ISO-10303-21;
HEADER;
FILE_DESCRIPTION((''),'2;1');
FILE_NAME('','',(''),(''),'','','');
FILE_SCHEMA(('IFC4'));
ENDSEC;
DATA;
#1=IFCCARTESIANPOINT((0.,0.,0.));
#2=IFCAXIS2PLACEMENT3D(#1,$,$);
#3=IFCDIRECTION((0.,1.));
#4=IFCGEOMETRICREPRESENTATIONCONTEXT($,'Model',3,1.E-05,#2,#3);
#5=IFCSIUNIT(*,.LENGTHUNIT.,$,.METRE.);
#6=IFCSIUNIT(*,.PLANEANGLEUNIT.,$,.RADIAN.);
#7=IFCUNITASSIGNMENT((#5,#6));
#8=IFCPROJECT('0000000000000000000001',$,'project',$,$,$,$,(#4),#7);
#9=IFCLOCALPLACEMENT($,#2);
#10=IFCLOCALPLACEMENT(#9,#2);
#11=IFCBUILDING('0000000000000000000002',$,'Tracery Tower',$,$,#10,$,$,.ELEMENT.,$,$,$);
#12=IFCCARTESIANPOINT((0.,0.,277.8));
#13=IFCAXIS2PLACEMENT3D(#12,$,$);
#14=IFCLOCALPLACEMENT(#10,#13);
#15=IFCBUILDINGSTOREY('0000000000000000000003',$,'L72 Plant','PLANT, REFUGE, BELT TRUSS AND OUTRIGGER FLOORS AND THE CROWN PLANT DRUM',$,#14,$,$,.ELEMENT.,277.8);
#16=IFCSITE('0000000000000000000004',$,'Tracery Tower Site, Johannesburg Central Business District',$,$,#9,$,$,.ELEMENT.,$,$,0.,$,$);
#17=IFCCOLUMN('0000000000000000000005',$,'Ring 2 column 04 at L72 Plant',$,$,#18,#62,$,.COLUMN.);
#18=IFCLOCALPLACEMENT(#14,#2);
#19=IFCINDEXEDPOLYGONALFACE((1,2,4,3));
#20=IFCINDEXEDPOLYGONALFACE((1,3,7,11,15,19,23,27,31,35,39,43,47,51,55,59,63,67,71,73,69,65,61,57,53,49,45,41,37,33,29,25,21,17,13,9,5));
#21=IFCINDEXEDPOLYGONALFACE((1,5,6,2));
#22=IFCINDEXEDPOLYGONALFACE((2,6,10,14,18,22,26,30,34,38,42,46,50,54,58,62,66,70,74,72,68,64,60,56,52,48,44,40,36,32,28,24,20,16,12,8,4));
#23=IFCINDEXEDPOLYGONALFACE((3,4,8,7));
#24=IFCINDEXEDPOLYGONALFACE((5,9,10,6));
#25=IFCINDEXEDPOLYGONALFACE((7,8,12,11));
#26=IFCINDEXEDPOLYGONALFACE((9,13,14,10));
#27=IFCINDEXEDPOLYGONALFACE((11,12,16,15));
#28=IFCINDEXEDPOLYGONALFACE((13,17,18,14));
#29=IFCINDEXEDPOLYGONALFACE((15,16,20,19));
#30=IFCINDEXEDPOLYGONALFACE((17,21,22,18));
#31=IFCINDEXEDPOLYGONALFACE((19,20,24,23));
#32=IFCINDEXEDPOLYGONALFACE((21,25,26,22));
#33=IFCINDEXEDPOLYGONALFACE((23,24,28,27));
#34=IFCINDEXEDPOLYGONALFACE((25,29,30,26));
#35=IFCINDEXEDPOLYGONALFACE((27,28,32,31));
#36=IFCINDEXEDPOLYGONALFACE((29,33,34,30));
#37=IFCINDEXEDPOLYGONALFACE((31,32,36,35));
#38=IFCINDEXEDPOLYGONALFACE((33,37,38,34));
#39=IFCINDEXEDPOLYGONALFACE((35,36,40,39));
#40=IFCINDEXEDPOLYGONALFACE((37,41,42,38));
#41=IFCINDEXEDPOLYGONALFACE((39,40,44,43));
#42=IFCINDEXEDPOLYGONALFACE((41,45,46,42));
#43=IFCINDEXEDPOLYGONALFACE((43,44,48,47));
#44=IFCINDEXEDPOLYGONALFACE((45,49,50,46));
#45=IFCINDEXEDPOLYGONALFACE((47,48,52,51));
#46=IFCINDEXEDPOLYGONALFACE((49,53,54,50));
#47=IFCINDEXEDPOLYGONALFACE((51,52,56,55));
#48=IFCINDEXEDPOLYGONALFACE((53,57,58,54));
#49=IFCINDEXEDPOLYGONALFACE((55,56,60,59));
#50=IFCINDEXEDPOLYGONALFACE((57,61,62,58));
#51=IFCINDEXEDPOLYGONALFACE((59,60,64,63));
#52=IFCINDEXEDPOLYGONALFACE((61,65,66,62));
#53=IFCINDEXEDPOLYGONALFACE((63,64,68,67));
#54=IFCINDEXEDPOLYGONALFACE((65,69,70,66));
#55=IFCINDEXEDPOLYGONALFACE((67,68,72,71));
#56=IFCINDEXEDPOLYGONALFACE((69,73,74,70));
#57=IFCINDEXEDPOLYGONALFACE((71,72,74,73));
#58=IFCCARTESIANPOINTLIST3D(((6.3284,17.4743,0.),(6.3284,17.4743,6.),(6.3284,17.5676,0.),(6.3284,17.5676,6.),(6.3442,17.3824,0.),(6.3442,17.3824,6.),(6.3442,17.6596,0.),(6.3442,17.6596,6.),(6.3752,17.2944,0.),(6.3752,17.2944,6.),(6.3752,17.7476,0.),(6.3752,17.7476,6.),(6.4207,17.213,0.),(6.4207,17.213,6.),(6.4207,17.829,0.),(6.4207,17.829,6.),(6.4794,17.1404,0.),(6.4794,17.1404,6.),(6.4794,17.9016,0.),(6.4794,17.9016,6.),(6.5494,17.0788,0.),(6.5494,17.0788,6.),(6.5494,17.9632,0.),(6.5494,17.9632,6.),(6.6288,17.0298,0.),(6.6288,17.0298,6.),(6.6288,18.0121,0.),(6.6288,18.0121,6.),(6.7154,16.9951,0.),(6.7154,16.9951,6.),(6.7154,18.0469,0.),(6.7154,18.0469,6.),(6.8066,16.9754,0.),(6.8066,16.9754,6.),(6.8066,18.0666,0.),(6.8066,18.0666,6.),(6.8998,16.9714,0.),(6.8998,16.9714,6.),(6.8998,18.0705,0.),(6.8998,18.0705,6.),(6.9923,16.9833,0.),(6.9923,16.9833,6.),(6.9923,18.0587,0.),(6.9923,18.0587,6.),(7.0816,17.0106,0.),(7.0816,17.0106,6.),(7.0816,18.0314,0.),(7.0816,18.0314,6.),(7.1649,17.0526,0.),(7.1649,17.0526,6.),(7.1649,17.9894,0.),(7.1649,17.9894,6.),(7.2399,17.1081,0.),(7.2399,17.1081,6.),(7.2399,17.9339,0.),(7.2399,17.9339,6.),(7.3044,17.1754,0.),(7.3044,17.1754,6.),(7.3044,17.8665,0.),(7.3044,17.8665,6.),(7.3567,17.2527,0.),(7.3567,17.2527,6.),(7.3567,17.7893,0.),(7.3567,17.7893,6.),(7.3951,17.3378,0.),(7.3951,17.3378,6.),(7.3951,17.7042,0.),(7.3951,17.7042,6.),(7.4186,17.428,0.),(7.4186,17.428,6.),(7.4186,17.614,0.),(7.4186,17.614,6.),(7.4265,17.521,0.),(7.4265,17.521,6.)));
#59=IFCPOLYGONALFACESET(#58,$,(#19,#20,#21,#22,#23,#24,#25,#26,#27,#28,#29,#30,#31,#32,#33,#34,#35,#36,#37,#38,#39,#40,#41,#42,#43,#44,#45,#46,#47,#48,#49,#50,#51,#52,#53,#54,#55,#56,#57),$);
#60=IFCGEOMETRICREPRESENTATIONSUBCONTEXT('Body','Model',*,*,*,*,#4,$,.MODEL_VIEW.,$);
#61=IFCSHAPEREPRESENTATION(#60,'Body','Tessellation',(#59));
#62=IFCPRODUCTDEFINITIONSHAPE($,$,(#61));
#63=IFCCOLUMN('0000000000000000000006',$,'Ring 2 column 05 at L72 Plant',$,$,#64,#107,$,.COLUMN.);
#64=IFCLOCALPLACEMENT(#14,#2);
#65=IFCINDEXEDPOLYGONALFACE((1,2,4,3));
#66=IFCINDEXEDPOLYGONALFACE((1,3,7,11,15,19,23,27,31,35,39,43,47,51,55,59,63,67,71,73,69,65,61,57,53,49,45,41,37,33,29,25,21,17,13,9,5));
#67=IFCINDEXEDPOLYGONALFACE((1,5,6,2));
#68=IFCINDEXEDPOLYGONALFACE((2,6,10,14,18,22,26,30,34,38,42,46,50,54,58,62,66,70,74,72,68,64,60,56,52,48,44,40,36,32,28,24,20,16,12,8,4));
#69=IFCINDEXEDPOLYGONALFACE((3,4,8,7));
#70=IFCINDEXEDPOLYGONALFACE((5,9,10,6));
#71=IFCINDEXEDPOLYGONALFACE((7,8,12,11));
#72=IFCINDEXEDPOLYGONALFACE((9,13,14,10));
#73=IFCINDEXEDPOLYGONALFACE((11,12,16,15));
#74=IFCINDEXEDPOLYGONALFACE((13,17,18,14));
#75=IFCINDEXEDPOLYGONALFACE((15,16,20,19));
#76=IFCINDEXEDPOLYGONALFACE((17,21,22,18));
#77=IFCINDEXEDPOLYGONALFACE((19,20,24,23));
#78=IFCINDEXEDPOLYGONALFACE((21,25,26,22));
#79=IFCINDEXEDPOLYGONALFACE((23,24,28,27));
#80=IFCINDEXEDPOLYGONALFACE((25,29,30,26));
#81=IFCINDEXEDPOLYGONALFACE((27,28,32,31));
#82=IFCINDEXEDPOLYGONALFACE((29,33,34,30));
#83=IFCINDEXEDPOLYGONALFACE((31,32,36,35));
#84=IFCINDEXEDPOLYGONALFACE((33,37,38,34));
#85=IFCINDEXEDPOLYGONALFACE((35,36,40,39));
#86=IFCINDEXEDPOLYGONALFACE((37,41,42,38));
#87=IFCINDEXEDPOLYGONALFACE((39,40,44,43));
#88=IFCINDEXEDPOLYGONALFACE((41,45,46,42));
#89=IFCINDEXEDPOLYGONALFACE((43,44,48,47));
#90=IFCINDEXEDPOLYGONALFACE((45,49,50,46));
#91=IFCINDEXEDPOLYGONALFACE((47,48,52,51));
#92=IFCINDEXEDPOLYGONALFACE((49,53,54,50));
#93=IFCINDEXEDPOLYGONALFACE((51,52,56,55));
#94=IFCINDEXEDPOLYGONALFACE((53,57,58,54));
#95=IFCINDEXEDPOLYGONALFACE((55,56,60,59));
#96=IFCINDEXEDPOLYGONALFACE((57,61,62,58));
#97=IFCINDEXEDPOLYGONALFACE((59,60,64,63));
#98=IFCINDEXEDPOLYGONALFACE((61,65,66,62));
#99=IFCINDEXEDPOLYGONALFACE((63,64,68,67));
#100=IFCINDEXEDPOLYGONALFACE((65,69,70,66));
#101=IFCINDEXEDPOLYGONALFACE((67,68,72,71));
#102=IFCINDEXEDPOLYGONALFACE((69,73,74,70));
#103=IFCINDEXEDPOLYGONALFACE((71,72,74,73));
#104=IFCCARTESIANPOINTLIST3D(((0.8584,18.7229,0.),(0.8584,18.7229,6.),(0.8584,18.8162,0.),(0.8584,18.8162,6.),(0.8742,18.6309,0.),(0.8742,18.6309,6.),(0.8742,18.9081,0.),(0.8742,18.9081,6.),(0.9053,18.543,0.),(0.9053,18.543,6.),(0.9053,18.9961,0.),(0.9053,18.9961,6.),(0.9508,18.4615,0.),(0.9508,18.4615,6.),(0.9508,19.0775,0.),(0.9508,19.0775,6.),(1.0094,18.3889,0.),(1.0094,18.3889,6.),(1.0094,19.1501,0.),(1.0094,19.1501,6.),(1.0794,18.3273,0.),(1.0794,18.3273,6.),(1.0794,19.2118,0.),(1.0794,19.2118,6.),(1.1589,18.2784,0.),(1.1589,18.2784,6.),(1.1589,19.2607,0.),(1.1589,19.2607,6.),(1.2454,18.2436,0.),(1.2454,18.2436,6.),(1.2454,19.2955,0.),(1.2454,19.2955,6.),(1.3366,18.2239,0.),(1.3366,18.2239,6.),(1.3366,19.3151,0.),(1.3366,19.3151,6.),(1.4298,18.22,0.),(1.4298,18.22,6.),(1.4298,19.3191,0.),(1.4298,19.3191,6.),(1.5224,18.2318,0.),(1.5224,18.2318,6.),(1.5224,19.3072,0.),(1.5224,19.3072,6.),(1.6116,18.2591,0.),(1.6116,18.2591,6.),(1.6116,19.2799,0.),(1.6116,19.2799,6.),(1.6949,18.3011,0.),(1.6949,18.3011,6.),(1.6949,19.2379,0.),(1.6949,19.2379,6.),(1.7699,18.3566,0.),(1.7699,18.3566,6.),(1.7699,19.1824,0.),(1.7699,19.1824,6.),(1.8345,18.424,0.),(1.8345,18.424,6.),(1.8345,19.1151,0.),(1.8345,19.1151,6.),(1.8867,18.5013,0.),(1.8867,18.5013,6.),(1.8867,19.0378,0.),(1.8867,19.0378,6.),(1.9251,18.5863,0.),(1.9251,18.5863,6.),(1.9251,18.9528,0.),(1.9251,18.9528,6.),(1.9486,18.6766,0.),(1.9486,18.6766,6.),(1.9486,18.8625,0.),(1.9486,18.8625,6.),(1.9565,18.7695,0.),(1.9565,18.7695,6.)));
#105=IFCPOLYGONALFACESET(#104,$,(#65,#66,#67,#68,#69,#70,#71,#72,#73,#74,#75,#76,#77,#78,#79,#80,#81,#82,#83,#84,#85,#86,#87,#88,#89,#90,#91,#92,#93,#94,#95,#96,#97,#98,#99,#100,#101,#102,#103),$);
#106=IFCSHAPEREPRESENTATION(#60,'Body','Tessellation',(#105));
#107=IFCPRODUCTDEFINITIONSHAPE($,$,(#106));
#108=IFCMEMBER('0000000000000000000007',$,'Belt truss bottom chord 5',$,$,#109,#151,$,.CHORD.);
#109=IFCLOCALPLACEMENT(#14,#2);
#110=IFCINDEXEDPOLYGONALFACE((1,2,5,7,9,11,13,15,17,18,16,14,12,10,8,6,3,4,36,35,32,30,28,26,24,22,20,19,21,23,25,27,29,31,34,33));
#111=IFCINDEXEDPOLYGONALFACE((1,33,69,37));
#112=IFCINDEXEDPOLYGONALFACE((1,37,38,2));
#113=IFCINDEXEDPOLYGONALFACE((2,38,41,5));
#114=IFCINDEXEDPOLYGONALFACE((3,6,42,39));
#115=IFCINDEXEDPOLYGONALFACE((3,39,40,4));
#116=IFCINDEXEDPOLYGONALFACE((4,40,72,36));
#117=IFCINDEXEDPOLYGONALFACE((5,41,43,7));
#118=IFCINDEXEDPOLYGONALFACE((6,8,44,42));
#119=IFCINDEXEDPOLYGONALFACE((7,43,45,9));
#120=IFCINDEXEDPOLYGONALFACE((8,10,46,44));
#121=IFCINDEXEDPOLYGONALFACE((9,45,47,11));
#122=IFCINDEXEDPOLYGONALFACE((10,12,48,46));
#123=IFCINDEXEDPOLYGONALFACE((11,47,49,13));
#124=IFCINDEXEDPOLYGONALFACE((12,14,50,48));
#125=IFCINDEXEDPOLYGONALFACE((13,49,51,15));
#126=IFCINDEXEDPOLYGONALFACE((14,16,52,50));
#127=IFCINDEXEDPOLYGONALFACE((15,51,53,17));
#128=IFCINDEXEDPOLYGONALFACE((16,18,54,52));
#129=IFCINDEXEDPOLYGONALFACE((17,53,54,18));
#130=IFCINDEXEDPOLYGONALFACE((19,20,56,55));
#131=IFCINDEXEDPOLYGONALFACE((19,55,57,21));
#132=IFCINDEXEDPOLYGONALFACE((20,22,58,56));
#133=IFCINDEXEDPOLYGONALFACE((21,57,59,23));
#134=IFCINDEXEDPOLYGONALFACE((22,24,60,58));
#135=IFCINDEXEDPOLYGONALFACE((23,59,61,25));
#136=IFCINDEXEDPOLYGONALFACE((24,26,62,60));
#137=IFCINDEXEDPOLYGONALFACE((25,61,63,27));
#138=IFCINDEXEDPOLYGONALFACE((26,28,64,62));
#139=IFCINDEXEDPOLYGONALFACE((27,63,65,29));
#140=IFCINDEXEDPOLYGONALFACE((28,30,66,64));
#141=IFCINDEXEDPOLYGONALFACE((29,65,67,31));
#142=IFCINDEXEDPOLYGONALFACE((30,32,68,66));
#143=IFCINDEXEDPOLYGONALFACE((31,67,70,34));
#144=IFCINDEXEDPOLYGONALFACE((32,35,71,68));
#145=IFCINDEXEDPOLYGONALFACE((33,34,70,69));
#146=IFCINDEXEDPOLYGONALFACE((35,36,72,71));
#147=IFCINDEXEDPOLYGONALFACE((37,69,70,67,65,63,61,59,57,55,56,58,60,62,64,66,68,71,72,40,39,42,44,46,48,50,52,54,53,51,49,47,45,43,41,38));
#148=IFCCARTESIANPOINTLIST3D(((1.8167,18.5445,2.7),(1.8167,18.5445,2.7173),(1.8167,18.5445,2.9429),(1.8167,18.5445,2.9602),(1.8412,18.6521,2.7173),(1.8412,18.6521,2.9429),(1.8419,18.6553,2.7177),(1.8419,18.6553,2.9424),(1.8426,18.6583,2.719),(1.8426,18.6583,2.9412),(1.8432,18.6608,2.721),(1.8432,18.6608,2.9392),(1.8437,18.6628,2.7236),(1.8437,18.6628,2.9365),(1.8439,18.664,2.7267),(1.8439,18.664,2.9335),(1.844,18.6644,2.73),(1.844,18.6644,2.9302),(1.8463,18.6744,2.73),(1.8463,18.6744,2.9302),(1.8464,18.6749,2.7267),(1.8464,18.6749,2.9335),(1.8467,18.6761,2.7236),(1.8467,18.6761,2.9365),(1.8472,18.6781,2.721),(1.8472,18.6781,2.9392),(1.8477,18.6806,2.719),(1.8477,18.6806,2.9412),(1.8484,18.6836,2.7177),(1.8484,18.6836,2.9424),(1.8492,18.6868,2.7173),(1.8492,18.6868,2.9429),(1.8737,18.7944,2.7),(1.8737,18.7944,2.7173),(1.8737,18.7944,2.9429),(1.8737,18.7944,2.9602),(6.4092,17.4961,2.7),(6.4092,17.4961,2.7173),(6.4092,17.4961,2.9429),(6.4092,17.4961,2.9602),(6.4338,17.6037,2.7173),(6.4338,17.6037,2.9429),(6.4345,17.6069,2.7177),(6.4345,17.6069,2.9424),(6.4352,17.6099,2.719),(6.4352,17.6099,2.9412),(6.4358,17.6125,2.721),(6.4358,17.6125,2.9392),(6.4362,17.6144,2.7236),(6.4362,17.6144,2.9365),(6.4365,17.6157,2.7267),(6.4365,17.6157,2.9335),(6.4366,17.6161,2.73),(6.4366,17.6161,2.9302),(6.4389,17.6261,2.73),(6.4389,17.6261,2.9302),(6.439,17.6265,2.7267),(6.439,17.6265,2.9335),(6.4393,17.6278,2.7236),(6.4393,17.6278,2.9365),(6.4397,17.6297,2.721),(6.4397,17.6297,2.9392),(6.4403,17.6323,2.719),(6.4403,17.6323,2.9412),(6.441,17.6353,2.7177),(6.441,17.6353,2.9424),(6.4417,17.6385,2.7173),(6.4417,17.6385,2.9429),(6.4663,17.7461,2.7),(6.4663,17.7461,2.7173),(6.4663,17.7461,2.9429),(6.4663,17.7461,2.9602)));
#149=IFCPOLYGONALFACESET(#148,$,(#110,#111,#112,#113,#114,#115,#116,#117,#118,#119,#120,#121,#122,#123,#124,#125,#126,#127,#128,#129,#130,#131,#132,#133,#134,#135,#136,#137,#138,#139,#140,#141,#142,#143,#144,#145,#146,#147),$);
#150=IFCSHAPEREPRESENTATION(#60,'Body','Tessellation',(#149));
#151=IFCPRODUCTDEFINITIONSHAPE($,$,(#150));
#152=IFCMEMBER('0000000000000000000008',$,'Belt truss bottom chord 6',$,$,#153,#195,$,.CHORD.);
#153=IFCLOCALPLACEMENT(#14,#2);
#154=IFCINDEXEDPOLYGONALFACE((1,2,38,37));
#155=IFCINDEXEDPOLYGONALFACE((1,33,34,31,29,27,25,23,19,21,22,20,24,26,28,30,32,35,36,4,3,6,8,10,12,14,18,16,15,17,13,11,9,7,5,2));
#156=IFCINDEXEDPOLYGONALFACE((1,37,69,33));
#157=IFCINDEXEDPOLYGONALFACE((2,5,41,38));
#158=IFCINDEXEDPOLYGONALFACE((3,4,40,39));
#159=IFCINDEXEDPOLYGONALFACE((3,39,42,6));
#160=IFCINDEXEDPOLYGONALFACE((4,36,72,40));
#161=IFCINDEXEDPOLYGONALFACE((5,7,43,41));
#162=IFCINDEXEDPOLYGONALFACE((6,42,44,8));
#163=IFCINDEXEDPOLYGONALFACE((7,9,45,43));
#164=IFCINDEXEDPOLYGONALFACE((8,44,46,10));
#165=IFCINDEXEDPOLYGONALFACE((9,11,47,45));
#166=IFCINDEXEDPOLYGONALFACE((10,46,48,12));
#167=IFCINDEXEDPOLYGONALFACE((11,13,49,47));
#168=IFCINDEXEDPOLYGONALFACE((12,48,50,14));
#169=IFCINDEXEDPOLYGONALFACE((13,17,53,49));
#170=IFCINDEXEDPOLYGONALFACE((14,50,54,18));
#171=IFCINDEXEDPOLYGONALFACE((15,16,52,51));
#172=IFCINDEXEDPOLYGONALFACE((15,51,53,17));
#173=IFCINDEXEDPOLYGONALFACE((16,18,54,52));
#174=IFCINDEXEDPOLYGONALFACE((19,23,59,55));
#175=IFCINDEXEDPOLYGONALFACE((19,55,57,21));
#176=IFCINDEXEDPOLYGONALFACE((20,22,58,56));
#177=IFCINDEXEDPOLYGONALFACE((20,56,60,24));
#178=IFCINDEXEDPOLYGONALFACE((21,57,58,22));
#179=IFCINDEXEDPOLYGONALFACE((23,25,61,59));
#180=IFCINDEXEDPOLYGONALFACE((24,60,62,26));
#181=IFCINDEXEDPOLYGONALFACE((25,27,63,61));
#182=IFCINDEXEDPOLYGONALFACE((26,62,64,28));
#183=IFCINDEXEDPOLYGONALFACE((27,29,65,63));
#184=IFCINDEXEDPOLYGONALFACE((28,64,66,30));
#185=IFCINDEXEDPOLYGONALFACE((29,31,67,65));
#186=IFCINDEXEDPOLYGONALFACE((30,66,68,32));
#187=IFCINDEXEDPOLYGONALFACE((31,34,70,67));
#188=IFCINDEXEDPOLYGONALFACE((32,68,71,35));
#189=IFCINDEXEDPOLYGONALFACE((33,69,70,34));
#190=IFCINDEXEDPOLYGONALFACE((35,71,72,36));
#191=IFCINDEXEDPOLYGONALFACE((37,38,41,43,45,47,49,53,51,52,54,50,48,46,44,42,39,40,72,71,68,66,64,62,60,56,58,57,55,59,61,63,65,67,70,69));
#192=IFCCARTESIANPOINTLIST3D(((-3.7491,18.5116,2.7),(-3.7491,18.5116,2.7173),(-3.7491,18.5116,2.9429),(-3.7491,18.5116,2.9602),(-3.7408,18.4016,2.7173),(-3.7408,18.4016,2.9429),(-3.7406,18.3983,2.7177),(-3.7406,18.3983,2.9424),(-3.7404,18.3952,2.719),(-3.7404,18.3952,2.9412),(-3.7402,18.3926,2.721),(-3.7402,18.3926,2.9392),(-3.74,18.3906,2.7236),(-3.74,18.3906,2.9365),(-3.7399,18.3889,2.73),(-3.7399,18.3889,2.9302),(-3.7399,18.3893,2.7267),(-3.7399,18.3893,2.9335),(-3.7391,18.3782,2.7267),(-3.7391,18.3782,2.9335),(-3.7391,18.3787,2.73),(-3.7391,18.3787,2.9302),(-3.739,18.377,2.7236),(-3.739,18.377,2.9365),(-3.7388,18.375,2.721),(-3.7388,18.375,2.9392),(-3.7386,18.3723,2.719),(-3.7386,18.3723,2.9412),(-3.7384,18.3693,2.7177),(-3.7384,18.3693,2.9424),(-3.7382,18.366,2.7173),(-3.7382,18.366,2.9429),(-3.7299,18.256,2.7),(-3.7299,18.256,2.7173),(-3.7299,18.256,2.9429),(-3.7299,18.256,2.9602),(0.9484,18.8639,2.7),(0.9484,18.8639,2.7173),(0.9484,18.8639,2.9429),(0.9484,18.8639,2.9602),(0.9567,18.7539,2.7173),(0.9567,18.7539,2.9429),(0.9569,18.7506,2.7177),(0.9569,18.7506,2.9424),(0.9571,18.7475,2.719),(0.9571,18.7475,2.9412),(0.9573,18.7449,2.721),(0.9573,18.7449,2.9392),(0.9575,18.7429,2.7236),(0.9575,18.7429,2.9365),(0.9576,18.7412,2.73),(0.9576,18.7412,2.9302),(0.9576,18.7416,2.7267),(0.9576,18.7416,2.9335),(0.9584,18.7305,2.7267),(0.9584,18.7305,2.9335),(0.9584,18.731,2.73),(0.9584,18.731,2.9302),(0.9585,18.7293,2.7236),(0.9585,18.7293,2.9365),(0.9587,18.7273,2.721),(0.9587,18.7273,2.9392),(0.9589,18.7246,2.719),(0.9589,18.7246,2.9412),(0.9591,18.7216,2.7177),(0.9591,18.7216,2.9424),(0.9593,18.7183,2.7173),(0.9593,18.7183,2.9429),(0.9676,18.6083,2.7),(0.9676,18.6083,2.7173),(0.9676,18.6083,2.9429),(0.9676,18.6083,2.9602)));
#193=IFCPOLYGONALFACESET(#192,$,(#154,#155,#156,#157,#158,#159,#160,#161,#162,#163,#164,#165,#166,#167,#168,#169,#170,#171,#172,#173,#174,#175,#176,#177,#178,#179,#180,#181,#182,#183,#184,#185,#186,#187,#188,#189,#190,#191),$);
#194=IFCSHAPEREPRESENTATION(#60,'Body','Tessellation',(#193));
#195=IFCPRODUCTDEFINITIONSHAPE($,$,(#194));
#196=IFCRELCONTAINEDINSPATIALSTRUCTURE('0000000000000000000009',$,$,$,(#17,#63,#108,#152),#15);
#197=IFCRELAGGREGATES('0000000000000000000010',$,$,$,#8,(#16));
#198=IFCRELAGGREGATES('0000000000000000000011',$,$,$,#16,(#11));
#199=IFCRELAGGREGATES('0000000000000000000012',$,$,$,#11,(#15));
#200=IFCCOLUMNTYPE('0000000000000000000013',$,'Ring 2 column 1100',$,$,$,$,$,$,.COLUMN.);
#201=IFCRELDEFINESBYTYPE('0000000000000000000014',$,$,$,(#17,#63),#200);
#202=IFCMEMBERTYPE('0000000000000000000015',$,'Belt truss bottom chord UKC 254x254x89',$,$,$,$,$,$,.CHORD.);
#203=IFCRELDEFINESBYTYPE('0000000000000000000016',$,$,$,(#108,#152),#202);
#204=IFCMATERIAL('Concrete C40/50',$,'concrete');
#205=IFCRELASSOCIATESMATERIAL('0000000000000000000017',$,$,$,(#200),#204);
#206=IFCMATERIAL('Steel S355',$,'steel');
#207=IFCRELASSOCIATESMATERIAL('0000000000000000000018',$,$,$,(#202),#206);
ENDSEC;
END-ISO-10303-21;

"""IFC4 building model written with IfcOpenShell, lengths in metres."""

from ifc_helpers import new_model, si_unit, direction, frame, origin, origin_2d, place, context, subcontext, project, spatial, circle, i_section, extrude, material, material_profile, profile_set, type_object, element, save


model = new_model("IFC4")

# Units and contexts
model_context = context("Model", 3, precision=1e-05, world=origin(), true_north=direction((0.0, 1.0)))
body_context = subcontext(model_context, "Body", "Model", "MODEL_VIEW")
ifc_project = project(units=[si_unit("LENGTHUNIT", "METRE"), si_unit("PLANEANGLEUNIT", "RADIAN")], contexts=[model_context])

# Site, building, storey
site_placement = place(None, origin())
site = spatial("IfcSite", under=ifc_project, at=site_placement, Name="Tracery Tower Site, Johannesburg Central Business District", CompositionType="ELEMENT", RefElevation=0.0)
building_placement = place(site_placement, origin())
building = spatial("IfcBuilding", under=site, at=building_placement, Name="Tracery Tower", CompositionType="ELEMENT")
storey_placement = place(building_placement, frame((0.0, 0.0, 277.8)))
storey = spatial("IfcBuildingStorey", under=building, at=storey_placement, Name="L72 Plant", Description="PLANT, REFUGE, BELT TRUSS AND OUTRIGGER FLOORS AND THE CROWN PLANT DRUM", CompositionType="ELEMENT", Elevation=277.8)

# Columns
ifc_material_1 = material(Name="Concrete C40/50", Category="concrete")
ifc_material_profile_1 = material_profile(ifc_material_1, circle(Radius=0.55, at=origin_2d()), Name="RC D1100")
ifc_profile_set_1 = profile_set([ifc_material_profile_1], Name="Concrete C40/50")
column_type = type_object("IfcColumnType", Name="Ring 2 column 1100", PredefinedType="COLUMN", material=ifc_profile_set_1)
for number, where, z_axis, x_axis, name in (
    (1, (6.8765, 17.521, 0.0), (0.0, 0.0, 1.0), (1.0, 0.0, 0.0), "Ring 2 column 04 at L72 Plant"),
    (2, (1.4065, 18.7695, 0.0), (0.0, 0.0, 1.0), (1.0, 0.0, 0.0), "Ring 2 column 05 at L72 Plant"),
):
    element("IfcColumn", number, at=place(storey_placement, frame(where, z_axis=z_axis, x_axis=x_axis)), inside=storey, type_object=column_type, Name=name, PredefinedType="COLUMN", context=body_context, shape_type="SweptSolid", body=[
        extrude(circle(Radius=0.55, at=origin_2d()), origin(), (0.0, 0.0, 1.0), 6.0),
    ])

# Members
ifc_material_2 = material(Name="Steel S355", Category="steel")
ifc_material_profile_2 = material_profile(ifc_material_2, i_section(OverallWidth=0.2563, OverallDepth=0.2603, WebThickness=0.0103, FlangeThickness=0.0173, FilletRadius=0.0127, at=origin_2d()), Name="UKC 254x254x89")
ifc_profile_set_2 = profile_set([ifc_material_profile_2], Name="Steel S355")
member_type_1 = type_object("IfcMemberType", Name="Belt truss bottom chord UKC 254x254x89", PredefinedType="CHORD", material=ifc_profile_set_2)
for number, where, z_axis, x_axis, name in (
    (3, (6.4377, 17.6211, 2.8301), (-0.974922, 0.222546, 0.0), (-0.222546, -0.974922, 0.0), "Belt truss bottom chord 5"),
    (4, (0.958, 18.7361, 2.8301), (-0.9972, -0.074786, 0.0), (0.074786, -0.9972, 0.0), "Belt truss bottom chord 6"),
):
    element("IfcMember", number, at=place(storey_placement, frame(where, z_axis=z_axis, x_axis=x_axis)), inside=storey, type_object=member_type_1, Name=name, PredefinedType="CHORD", context=body_context, shape_type="SweptSolid", body=[
        extrude(i_section(OverallWidth=0.2563, OverallDepth=0.2603, WebThickness=0.0103, FlangeThickness=0.0173, FilletRadius=0.0127, at=origin_2d()), origin(), (0.0, 0.0, 1.0), 4.7107),
    ])

save(model, "model.ifc")
